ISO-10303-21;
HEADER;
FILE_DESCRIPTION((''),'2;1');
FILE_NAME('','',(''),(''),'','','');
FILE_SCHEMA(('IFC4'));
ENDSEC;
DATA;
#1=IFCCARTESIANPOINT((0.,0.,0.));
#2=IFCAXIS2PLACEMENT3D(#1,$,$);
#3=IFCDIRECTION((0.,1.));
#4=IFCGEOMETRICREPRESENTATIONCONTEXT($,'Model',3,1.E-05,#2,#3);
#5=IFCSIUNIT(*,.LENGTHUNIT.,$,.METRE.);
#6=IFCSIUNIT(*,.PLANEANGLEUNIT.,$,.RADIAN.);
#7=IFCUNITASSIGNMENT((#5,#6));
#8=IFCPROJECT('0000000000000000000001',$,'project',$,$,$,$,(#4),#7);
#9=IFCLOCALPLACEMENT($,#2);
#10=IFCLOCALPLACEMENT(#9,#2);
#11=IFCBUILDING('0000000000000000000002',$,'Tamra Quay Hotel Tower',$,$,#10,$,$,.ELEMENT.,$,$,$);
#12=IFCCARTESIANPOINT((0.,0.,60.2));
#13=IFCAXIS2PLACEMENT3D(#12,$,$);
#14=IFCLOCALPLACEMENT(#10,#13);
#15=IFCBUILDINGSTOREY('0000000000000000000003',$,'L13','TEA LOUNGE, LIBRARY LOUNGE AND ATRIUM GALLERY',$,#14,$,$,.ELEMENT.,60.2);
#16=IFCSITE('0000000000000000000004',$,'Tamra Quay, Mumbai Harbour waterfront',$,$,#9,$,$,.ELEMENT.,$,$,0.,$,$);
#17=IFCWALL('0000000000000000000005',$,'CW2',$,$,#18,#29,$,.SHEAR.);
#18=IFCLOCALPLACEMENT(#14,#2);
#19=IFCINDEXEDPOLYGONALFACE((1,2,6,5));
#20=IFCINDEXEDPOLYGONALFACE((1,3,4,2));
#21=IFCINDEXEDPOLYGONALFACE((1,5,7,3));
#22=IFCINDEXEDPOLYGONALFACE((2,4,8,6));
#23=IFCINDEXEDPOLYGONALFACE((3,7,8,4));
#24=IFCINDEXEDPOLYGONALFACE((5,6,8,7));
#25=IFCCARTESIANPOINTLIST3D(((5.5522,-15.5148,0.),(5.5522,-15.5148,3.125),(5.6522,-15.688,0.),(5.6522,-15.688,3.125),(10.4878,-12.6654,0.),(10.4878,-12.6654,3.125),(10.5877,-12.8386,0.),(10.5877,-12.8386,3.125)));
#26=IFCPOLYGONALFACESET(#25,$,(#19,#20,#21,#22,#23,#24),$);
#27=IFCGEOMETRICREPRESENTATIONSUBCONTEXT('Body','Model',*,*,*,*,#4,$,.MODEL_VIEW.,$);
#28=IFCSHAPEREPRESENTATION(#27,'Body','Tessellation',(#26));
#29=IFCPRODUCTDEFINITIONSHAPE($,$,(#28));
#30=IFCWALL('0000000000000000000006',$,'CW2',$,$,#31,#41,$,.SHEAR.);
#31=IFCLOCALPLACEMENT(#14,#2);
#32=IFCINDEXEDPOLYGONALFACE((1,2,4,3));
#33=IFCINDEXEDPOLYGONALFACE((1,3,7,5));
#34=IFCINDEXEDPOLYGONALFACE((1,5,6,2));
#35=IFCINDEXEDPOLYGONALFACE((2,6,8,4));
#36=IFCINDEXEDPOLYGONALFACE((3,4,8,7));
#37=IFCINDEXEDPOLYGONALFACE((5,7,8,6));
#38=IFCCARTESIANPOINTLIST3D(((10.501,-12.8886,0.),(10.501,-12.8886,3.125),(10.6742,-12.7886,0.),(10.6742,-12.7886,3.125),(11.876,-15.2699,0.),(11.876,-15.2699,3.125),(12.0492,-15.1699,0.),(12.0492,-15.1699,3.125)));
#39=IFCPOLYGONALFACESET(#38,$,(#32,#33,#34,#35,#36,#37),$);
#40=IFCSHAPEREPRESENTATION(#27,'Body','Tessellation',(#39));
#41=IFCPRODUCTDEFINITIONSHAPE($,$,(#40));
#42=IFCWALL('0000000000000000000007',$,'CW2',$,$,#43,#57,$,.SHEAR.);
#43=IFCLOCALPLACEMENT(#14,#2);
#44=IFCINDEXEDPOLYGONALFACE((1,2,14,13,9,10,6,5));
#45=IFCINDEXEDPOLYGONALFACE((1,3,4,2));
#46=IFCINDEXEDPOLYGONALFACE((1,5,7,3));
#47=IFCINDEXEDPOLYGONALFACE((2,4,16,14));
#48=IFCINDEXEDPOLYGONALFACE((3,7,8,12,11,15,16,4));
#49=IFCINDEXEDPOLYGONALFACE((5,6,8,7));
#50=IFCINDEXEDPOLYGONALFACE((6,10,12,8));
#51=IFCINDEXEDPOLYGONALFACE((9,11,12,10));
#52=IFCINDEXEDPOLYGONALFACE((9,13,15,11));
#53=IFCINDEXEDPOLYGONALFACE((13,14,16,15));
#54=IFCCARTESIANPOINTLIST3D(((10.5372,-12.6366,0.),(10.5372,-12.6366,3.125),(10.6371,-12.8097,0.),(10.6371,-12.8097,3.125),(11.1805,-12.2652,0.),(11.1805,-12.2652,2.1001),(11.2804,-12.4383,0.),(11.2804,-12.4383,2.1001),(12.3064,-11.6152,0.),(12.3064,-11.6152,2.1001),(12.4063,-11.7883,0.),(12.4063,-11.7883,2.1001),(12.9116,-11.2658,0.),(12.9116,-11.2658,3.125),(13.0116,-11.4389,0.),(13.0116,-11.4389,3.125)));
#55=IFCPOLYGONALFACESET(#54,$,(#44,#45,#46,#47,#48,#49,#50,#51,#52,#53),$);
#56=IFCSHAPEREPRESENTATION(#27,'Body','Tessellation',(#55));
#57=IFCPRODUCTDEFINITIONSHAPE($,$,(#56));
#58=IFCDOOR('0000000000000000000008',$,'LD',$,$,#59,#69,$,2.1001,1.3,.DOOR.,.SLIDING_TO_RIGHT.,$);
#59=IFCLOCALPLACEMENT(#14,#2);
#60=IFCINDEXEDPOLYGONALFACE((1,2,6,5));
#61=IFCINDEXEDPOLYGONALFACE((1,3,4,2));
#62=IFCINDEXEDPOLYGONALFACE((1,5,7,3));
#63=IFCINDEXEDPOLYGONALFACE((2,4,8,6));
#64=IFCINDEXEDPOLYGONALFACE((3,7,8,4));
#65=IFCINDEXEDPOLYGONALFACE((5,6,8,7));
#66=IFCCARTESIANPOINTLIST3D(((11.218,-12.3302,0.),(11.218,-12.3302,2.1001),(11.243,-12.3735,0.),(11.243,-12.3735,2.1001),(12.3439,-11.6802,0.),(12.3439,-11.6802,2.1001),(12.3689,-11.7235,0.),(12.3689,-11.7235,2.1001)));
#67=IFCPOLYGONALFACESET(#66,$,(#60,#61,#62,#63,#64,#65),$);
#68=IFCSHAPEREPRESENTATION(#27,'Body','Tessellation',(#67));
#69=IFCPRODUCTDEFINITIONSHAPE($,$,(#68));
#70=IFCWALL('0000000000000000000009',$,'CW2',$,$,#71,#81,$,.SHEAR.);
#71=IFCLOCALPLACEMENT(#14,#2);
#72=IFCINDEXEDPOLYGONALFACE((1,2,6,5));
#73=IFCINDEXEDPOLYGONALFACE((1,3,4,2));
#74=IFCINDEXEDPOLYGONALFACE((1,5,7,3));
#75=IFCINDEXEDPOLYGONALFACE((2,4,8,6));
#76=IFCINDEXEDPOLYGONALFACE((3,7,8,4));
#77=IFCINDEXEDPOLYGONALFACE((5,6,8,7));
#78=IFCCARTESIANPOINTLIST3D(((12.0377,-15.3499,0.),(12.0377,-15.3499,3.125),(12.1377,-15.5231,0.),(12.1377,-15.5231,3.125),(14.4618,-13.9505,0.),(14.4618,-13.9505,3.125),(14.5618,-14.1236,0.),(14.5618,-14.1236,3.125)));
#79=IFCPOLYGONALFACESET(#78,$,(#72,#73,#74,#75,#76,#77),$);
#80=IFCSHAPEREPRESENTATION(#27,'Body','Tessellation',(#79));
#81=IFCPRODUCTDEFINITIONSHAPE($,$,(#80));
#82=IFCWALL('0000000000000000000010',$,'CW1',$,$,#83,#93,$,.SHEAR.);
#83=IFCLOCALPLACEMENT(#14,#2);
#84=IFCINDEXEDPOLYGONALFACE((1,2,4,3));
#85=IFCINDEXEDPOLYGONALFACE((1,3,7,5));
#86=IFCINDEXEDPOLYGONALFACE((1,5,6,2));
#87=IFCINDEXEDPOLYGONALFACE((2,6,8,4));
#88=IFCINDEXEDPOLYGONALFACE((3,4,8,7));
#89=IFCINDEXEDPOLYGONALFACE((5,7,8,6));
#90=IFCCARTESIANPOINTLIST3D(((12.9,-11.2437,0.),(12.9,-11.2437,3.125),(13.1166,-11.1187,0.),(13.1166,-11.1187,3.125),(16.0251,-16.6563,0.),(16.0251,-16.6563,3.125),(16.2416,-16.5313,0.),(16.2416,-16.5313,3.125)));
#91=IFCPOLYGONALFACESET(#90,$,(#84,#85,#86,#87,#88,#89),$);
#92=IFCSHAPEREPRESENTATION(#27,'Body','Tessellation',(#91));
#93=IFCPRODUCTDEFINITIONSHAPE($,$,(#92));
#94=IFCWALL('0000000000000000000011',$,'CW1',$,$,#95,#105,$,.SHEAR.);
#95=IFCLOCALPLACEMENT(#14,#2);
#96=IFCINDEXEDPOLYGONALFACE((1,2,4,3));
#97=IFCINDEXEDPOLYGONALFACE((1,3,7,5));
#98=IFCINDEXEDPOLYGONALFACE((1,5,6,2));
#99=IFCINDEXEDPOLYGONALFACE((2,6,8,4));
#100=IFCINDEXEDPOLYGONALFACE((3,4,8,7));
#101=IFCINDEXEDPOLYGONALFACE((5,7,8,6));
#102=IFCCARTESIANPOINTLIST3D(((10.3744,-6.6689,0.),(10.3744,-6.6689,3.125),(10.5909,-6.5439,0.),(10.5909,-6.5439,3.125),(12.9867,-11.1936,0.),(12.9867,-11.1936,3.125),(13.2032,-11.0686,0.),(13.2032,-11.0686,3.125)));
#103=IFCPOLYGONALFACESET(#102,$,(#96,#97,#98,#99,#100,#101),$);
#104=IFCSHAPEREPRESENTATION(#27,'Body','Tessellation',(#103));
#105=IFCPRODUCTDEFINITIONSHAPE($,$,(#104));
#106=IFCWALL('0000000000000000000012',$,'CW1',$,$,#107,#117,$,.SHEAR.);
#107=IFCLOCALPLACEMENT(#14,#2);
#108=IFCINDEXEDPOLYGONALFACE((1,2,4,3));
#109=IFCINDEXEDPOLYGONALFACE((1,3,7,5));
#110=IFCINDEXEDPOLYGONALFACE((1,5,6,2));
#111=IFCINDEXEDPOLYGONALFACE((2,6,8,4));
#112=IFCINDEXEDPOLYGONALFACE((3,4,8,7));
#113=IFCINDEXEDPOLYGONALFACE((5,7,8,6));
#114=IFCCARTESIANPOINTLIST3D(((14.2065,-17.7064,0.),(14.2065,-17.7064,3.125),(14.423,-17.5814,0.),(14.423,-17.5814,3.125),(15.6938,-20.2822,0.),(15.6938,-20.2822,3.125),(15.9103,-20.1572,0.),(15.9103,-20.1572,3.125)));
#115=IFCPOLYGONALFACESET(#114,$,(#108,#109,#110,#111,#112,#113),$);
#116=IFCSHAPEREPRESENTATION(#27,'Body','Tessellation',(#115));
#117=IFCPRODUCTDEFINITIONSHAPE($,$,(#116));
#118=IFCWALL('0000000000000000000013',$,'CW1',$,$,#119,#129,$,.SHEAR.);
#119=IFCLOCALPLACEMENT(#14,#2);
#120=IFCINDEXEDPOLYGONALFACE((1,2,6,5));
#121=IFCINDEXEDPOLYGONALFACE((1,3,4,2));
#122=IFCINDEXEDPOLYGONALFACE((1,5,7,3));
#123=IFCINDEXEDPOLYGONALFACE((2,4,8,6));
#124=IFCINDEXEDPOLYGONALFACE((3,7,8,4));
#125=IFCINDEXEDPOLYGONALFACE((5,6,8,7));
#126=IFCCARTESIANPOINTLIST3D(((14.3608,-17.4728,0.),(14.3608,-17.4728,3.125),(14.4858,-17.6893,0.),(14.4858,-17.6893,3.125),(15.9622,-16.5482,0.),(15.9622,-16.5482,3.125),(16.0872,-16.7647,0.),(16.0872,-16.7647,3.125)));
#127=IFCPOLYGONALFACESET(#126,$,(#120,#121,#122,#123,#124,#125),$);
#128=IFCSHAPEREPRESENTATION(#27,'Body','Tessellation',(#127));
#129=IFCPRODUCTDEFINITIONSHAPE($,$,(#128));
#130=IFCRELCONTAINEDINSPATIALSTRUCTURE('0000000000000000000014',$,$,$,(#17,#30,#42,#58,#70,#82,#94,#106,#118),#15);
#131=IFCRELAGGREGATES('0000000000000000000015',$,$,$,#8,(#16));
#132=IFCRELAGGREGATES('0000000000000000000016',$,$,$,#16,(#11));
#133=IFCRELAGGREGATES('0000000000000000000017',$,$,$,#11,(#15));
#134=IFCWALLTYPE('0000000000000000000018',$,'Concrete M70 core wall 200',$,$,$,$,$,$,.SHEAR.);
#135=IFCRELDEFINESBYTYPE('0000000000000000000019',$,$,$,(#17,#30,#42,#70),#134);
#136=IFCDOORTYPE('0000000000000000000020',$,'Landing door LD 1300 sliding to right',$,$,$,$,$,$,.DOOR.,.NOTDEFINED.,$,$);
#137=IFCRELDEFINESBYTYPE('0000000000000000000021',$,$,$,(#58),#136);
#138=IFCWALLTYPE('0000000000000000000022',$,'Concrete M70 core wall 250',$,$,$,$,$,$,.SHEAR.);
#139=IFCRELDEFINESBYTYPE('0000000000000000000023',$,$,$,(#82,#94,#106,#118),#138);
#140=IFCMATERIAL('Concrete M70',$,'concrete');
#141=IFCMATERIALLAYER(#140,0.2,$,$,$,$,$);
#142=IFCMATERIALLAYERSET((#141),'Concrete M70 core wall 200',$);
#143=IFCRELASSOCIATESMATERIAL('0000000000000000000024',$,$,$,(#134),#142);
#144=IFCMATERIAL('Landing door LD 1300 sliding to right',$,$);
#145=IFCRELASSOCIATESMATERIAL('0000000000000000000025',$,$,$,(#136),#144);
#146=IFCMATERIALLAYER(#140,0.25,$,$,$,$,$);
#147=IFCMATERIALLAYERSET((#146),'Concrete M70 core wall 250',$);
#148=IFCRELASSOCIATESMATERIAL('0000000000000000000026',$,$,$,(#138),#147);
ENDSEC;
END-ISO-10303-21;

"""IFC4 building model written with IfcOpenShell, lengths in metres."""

from ifc_helpers import new_model, si_unit, direction, frame, frame_2d, origin, place, context, subcontext, project, spatial, rectangle, extrude, material, layer, layer_set, type_object, element, fill, save


model = new_model("IFC4")

# Units and contexts
model_context = context("Model", 3, precision=1e-05, world=origin(), true_north=direction((0.0, 1.0)))
body_context = subcontext(model_context, "Body", "Model", "MODEL_VIEW")
ifc_project = project(units=[si_unit("LENGTHUNIT", "METRE"), si_unit("PLANEANGLEUNIT", "RADIAN")], contexts=[model_context])

# Site, building, storey
site_placement = place(None, origin())
site = spatial("IfcSite", under=ifc_project, at=site_placement, Name="Tamra Quay, Mumbai Harbour waterfront", CompositionType="ELEMENT", RefElevation=0.0)
building_placement = place(site_placement, origin())
building = spatial("IfcBuilding", under=site, at=building_placement, Name="Tamra Quay Hotel Tower", CompositionType="ELEMENT")
storey_placement = place(building_placement, frame((0.0, 0.0, 60.2)))
storey = spatial("IfcBuildingStorey", under=building, at=storey_placement, Name="L13", Description="TEA LOUNGE, LIBRARY LOUNGE AND ATRIUM GALLERY", CompositionType="ELEMENT", Elevation=60.2)

# Shared definitions
ifc_material_1 = material(Name="Concrete M70", Category="concrete")

# Walls
ifc_layer_1 = layer(ifc_material_1, 0.2)
ifc_layer_set_1 = layer_set([ifc_layer_1], Name="Concrete M70 core wall 200")
wall_type_1 = type_object("IfcWallType", Name="Concrete M70 core wall 200", PredefinedType="SHEAR", material=ifc_layer_set_1)
wall_1_placement = place(storey_placement, frame((10.5378, -12.752, 0.0), z_axis=(0.0, 0.0, 1.0), x_axis=(-0.866039, -0.499977, 0.0)))
element("IfcWall", 1, at=wall_1_placement, inside=storey, type_object=wall_type_1, Name="CW2", PredefinedType="SHEAR", context=body_context, shape_type="SweptSolid", body=[
    extrude(rectangle(XDim=5.699, YDim=0.2, at=frame_2d((2.8496, 0.0))), origin(), (0.0, 0.0, 1.0), 3.125),
])
wall_2_placement = place(storey_placement, frame((11.9626, -15.22, 0.0), z_axis=(0.0, 0.0, 1.0), x_axis=(-0.500035, 0.866005, 0.0)))
element("IfcWall", 2, at=wall_2_placement, inside=storey, type_object=wall_type_1, Name="CW2", PredefinedType="SHEAR", context=body_context, shape_type="SweptSolid", body=[
    extrude(rectangle(XDim=2.7498, YDim=0.2, at=frame_2d((1.375, 0.0))), origin(), (0.0, 0.0, 1.0), 3.125),
])

# Wall, opening, door
wall_3_placement = place(storey_placement, frame((10.5872, -12.7231, 0.0), z_axis=(0.0, 0.0, 1.0), x_axis=(0.866037, 0.499979, 0.0)))
wall_3 = element("IfcWall", 3, at=wall_3_placement, inside=storey, type_object=wall_type_1, Name="CW2", PredefinedType="SHEAR", context=body_context, shape_type="SweptSolid", body=[
    extrude(rectangle(XDim=2.7417, YDim=0.2, at=frame_2d((1.3708, 0.0))), origin(), (0.0, 0.0, 1.0), 3.125),
])
opening_placement = place(wall_3_placement, frame((0.7429, 0.0, 0.0)))
opening = element("IfcOpeningElement", 4, at=opening_placement, cuts=wall_3, PredefinedType="OPENING", context=body_context, shape_type="SweptSolid", body=[
    extrude(rectangle(XDim=1.3, YDim=2.1001, at=frame_2d((0.6499, 1.05))), frame((0.0, 0.1099, 0.0), z_axis=(0.0, -1.0, 0.0), x_axis=(1.0, 0.0, 0.0)), (0.0, 0.0, 1.0), 0.22),
])
ifc_material_2 = material(Name="Landing door LD 1300 sliding to right")
door_type = type_object("IfcDoorType", Name="Landing door LD 1300 sliding to right", OperationType="NOTDEFINED", PredefinedType="DOOR", material=ifc_material_2)
door_placement = place(opening_placement, origin())
door = element("IfcDoor", 5, at=door_placement, inside=storey, type_object=door_type, Name="LD", OperationType="SLIDING_TO_RIGHT", OverallHeight=2.1001, OverallWidth=1.3, PredefinedType="DOOR", context=body_context, shape_type="SweptSolid", body=[
    extrude(rectangle(XDim=1.3, YDim=2.1001, at=frame_2d((0.6499, 1.05))), frame((0.0, 0.0249, 0.0), z_axis=(0.0, -1.0, 0.0), x_axis=(1.0, 0.0, 0.0)), (0.0, 0.0, 1.0), 0.05),
])
fill(opening, door)

# Walls
wall_4_placement = place(storey_placement, frame((14.5117, -14.0371, 0.0), z_axis=(0.0, 0.0, 1.0), x_axis=(-0.866045, -0.499967, 0.0)))
element("IfcWall", 6, at=wall_4_placement, inside=storey, type_object=wall_type_1, Name="CW2", PredefinedType="SHEAR", context=body_context, shape_type="SweptSolid", body=[
    extrude(rectangle(XDim=2.7991, YDim=0.2, at=frame_2d((1.3994, 0.0))), origin(), (0.0, 0.0, 1.0), 3.125),
])
ifc_layer_2 = layer(ifc_material_1, 0.25)
ifc_layer_set_2 = layer_set([ifc_layer_2], Name="Concrete M70 core wall 250")
wall_type_2 = type_object("IfcWallType", Name="Concrete M70 core wall 250", PredefinedType="SHEAR", material=ifc_layer_set_2)
wall_5_placement = place(storey_placement, frame((13.0083, -11.1812, 0.0), z_axis=(0.0, 0.0, 1.0), x_axis=(0.500004, -0.866023, 0.0)))
element("IfcWall", 7, at=wall_5_placement, inside=storey, type_object=wall_type_2, Name="CW1", PredefinedType="SHEAR", context=body_context, shape_type="SweptSolid", body=[
    extrude(rectangle(XDim=6.25, YDim=0.25, at=frame_2d((3.125, 0.0))), origin(), (0.0, 0.0, 1.0), 3.125),
])
wall_6_placement = place(storey_placement, frame((10.4827, -6.6064, 0.0), z_axis=(0.0, 0.0, 1.0), x_axis=(0.499999, -0.866026, 0.0)))
element("IfcWall", 8, at=wall_6_placement, inside=storey, type_object=wall_type_2, Name="CW1", PredefinedType="SHEAR", context=body_context, shape_type="SweptSolid", body=[
    extrude(rectangle(XDim=5.2246, YDim=0.25, at=frame_2d((2.6123, 0.0))), origin(), (0.0, 0.0, 1.0), 3.125),
])
wall_7_placement = place(storey_placement, frame((14.3147, -17.6438, 0.0), z_axis=(0.0, 0.0, 1.0), x_axis=(0.500023, -0.866012, 0.0)))
element("IfcWall", 9, at=wall_7_placement, inside=storey, type_object=wall_type_2, Name="CW1", PredefinedType="SHEAR", context=body_context, shape_type="SweptSolid", body=[
    extrude(rectangle(XDim=2.9744, YDim=0.25, at=frame_2d((1.4873, 0.0))), origin(), (0.0, 0.0, 1.0), 3.125),
])
wall_8_placement = place(storey_placement, frame((16.0247, -16.6565, 0.0), z_axis=(0.0, 0.0, 1.0), x_axis=(-0.866016, -0.500016, 0.0)))
element("IfcWall", 10, at=wall_8_placement, inside=storey, type_object=wall_type_2, Name="CW1", PredefinedType="SHEAR", context=body_context, shape_type="SweptSolid", body=[
    extrude(rectangle(XDim=1.8491, YDim=0.25, at=frame_2d((0.9246, 0.0))), origin(), (0.0, 0.0, 1.0), 3.125),
])

save(model, "model.ifc")
